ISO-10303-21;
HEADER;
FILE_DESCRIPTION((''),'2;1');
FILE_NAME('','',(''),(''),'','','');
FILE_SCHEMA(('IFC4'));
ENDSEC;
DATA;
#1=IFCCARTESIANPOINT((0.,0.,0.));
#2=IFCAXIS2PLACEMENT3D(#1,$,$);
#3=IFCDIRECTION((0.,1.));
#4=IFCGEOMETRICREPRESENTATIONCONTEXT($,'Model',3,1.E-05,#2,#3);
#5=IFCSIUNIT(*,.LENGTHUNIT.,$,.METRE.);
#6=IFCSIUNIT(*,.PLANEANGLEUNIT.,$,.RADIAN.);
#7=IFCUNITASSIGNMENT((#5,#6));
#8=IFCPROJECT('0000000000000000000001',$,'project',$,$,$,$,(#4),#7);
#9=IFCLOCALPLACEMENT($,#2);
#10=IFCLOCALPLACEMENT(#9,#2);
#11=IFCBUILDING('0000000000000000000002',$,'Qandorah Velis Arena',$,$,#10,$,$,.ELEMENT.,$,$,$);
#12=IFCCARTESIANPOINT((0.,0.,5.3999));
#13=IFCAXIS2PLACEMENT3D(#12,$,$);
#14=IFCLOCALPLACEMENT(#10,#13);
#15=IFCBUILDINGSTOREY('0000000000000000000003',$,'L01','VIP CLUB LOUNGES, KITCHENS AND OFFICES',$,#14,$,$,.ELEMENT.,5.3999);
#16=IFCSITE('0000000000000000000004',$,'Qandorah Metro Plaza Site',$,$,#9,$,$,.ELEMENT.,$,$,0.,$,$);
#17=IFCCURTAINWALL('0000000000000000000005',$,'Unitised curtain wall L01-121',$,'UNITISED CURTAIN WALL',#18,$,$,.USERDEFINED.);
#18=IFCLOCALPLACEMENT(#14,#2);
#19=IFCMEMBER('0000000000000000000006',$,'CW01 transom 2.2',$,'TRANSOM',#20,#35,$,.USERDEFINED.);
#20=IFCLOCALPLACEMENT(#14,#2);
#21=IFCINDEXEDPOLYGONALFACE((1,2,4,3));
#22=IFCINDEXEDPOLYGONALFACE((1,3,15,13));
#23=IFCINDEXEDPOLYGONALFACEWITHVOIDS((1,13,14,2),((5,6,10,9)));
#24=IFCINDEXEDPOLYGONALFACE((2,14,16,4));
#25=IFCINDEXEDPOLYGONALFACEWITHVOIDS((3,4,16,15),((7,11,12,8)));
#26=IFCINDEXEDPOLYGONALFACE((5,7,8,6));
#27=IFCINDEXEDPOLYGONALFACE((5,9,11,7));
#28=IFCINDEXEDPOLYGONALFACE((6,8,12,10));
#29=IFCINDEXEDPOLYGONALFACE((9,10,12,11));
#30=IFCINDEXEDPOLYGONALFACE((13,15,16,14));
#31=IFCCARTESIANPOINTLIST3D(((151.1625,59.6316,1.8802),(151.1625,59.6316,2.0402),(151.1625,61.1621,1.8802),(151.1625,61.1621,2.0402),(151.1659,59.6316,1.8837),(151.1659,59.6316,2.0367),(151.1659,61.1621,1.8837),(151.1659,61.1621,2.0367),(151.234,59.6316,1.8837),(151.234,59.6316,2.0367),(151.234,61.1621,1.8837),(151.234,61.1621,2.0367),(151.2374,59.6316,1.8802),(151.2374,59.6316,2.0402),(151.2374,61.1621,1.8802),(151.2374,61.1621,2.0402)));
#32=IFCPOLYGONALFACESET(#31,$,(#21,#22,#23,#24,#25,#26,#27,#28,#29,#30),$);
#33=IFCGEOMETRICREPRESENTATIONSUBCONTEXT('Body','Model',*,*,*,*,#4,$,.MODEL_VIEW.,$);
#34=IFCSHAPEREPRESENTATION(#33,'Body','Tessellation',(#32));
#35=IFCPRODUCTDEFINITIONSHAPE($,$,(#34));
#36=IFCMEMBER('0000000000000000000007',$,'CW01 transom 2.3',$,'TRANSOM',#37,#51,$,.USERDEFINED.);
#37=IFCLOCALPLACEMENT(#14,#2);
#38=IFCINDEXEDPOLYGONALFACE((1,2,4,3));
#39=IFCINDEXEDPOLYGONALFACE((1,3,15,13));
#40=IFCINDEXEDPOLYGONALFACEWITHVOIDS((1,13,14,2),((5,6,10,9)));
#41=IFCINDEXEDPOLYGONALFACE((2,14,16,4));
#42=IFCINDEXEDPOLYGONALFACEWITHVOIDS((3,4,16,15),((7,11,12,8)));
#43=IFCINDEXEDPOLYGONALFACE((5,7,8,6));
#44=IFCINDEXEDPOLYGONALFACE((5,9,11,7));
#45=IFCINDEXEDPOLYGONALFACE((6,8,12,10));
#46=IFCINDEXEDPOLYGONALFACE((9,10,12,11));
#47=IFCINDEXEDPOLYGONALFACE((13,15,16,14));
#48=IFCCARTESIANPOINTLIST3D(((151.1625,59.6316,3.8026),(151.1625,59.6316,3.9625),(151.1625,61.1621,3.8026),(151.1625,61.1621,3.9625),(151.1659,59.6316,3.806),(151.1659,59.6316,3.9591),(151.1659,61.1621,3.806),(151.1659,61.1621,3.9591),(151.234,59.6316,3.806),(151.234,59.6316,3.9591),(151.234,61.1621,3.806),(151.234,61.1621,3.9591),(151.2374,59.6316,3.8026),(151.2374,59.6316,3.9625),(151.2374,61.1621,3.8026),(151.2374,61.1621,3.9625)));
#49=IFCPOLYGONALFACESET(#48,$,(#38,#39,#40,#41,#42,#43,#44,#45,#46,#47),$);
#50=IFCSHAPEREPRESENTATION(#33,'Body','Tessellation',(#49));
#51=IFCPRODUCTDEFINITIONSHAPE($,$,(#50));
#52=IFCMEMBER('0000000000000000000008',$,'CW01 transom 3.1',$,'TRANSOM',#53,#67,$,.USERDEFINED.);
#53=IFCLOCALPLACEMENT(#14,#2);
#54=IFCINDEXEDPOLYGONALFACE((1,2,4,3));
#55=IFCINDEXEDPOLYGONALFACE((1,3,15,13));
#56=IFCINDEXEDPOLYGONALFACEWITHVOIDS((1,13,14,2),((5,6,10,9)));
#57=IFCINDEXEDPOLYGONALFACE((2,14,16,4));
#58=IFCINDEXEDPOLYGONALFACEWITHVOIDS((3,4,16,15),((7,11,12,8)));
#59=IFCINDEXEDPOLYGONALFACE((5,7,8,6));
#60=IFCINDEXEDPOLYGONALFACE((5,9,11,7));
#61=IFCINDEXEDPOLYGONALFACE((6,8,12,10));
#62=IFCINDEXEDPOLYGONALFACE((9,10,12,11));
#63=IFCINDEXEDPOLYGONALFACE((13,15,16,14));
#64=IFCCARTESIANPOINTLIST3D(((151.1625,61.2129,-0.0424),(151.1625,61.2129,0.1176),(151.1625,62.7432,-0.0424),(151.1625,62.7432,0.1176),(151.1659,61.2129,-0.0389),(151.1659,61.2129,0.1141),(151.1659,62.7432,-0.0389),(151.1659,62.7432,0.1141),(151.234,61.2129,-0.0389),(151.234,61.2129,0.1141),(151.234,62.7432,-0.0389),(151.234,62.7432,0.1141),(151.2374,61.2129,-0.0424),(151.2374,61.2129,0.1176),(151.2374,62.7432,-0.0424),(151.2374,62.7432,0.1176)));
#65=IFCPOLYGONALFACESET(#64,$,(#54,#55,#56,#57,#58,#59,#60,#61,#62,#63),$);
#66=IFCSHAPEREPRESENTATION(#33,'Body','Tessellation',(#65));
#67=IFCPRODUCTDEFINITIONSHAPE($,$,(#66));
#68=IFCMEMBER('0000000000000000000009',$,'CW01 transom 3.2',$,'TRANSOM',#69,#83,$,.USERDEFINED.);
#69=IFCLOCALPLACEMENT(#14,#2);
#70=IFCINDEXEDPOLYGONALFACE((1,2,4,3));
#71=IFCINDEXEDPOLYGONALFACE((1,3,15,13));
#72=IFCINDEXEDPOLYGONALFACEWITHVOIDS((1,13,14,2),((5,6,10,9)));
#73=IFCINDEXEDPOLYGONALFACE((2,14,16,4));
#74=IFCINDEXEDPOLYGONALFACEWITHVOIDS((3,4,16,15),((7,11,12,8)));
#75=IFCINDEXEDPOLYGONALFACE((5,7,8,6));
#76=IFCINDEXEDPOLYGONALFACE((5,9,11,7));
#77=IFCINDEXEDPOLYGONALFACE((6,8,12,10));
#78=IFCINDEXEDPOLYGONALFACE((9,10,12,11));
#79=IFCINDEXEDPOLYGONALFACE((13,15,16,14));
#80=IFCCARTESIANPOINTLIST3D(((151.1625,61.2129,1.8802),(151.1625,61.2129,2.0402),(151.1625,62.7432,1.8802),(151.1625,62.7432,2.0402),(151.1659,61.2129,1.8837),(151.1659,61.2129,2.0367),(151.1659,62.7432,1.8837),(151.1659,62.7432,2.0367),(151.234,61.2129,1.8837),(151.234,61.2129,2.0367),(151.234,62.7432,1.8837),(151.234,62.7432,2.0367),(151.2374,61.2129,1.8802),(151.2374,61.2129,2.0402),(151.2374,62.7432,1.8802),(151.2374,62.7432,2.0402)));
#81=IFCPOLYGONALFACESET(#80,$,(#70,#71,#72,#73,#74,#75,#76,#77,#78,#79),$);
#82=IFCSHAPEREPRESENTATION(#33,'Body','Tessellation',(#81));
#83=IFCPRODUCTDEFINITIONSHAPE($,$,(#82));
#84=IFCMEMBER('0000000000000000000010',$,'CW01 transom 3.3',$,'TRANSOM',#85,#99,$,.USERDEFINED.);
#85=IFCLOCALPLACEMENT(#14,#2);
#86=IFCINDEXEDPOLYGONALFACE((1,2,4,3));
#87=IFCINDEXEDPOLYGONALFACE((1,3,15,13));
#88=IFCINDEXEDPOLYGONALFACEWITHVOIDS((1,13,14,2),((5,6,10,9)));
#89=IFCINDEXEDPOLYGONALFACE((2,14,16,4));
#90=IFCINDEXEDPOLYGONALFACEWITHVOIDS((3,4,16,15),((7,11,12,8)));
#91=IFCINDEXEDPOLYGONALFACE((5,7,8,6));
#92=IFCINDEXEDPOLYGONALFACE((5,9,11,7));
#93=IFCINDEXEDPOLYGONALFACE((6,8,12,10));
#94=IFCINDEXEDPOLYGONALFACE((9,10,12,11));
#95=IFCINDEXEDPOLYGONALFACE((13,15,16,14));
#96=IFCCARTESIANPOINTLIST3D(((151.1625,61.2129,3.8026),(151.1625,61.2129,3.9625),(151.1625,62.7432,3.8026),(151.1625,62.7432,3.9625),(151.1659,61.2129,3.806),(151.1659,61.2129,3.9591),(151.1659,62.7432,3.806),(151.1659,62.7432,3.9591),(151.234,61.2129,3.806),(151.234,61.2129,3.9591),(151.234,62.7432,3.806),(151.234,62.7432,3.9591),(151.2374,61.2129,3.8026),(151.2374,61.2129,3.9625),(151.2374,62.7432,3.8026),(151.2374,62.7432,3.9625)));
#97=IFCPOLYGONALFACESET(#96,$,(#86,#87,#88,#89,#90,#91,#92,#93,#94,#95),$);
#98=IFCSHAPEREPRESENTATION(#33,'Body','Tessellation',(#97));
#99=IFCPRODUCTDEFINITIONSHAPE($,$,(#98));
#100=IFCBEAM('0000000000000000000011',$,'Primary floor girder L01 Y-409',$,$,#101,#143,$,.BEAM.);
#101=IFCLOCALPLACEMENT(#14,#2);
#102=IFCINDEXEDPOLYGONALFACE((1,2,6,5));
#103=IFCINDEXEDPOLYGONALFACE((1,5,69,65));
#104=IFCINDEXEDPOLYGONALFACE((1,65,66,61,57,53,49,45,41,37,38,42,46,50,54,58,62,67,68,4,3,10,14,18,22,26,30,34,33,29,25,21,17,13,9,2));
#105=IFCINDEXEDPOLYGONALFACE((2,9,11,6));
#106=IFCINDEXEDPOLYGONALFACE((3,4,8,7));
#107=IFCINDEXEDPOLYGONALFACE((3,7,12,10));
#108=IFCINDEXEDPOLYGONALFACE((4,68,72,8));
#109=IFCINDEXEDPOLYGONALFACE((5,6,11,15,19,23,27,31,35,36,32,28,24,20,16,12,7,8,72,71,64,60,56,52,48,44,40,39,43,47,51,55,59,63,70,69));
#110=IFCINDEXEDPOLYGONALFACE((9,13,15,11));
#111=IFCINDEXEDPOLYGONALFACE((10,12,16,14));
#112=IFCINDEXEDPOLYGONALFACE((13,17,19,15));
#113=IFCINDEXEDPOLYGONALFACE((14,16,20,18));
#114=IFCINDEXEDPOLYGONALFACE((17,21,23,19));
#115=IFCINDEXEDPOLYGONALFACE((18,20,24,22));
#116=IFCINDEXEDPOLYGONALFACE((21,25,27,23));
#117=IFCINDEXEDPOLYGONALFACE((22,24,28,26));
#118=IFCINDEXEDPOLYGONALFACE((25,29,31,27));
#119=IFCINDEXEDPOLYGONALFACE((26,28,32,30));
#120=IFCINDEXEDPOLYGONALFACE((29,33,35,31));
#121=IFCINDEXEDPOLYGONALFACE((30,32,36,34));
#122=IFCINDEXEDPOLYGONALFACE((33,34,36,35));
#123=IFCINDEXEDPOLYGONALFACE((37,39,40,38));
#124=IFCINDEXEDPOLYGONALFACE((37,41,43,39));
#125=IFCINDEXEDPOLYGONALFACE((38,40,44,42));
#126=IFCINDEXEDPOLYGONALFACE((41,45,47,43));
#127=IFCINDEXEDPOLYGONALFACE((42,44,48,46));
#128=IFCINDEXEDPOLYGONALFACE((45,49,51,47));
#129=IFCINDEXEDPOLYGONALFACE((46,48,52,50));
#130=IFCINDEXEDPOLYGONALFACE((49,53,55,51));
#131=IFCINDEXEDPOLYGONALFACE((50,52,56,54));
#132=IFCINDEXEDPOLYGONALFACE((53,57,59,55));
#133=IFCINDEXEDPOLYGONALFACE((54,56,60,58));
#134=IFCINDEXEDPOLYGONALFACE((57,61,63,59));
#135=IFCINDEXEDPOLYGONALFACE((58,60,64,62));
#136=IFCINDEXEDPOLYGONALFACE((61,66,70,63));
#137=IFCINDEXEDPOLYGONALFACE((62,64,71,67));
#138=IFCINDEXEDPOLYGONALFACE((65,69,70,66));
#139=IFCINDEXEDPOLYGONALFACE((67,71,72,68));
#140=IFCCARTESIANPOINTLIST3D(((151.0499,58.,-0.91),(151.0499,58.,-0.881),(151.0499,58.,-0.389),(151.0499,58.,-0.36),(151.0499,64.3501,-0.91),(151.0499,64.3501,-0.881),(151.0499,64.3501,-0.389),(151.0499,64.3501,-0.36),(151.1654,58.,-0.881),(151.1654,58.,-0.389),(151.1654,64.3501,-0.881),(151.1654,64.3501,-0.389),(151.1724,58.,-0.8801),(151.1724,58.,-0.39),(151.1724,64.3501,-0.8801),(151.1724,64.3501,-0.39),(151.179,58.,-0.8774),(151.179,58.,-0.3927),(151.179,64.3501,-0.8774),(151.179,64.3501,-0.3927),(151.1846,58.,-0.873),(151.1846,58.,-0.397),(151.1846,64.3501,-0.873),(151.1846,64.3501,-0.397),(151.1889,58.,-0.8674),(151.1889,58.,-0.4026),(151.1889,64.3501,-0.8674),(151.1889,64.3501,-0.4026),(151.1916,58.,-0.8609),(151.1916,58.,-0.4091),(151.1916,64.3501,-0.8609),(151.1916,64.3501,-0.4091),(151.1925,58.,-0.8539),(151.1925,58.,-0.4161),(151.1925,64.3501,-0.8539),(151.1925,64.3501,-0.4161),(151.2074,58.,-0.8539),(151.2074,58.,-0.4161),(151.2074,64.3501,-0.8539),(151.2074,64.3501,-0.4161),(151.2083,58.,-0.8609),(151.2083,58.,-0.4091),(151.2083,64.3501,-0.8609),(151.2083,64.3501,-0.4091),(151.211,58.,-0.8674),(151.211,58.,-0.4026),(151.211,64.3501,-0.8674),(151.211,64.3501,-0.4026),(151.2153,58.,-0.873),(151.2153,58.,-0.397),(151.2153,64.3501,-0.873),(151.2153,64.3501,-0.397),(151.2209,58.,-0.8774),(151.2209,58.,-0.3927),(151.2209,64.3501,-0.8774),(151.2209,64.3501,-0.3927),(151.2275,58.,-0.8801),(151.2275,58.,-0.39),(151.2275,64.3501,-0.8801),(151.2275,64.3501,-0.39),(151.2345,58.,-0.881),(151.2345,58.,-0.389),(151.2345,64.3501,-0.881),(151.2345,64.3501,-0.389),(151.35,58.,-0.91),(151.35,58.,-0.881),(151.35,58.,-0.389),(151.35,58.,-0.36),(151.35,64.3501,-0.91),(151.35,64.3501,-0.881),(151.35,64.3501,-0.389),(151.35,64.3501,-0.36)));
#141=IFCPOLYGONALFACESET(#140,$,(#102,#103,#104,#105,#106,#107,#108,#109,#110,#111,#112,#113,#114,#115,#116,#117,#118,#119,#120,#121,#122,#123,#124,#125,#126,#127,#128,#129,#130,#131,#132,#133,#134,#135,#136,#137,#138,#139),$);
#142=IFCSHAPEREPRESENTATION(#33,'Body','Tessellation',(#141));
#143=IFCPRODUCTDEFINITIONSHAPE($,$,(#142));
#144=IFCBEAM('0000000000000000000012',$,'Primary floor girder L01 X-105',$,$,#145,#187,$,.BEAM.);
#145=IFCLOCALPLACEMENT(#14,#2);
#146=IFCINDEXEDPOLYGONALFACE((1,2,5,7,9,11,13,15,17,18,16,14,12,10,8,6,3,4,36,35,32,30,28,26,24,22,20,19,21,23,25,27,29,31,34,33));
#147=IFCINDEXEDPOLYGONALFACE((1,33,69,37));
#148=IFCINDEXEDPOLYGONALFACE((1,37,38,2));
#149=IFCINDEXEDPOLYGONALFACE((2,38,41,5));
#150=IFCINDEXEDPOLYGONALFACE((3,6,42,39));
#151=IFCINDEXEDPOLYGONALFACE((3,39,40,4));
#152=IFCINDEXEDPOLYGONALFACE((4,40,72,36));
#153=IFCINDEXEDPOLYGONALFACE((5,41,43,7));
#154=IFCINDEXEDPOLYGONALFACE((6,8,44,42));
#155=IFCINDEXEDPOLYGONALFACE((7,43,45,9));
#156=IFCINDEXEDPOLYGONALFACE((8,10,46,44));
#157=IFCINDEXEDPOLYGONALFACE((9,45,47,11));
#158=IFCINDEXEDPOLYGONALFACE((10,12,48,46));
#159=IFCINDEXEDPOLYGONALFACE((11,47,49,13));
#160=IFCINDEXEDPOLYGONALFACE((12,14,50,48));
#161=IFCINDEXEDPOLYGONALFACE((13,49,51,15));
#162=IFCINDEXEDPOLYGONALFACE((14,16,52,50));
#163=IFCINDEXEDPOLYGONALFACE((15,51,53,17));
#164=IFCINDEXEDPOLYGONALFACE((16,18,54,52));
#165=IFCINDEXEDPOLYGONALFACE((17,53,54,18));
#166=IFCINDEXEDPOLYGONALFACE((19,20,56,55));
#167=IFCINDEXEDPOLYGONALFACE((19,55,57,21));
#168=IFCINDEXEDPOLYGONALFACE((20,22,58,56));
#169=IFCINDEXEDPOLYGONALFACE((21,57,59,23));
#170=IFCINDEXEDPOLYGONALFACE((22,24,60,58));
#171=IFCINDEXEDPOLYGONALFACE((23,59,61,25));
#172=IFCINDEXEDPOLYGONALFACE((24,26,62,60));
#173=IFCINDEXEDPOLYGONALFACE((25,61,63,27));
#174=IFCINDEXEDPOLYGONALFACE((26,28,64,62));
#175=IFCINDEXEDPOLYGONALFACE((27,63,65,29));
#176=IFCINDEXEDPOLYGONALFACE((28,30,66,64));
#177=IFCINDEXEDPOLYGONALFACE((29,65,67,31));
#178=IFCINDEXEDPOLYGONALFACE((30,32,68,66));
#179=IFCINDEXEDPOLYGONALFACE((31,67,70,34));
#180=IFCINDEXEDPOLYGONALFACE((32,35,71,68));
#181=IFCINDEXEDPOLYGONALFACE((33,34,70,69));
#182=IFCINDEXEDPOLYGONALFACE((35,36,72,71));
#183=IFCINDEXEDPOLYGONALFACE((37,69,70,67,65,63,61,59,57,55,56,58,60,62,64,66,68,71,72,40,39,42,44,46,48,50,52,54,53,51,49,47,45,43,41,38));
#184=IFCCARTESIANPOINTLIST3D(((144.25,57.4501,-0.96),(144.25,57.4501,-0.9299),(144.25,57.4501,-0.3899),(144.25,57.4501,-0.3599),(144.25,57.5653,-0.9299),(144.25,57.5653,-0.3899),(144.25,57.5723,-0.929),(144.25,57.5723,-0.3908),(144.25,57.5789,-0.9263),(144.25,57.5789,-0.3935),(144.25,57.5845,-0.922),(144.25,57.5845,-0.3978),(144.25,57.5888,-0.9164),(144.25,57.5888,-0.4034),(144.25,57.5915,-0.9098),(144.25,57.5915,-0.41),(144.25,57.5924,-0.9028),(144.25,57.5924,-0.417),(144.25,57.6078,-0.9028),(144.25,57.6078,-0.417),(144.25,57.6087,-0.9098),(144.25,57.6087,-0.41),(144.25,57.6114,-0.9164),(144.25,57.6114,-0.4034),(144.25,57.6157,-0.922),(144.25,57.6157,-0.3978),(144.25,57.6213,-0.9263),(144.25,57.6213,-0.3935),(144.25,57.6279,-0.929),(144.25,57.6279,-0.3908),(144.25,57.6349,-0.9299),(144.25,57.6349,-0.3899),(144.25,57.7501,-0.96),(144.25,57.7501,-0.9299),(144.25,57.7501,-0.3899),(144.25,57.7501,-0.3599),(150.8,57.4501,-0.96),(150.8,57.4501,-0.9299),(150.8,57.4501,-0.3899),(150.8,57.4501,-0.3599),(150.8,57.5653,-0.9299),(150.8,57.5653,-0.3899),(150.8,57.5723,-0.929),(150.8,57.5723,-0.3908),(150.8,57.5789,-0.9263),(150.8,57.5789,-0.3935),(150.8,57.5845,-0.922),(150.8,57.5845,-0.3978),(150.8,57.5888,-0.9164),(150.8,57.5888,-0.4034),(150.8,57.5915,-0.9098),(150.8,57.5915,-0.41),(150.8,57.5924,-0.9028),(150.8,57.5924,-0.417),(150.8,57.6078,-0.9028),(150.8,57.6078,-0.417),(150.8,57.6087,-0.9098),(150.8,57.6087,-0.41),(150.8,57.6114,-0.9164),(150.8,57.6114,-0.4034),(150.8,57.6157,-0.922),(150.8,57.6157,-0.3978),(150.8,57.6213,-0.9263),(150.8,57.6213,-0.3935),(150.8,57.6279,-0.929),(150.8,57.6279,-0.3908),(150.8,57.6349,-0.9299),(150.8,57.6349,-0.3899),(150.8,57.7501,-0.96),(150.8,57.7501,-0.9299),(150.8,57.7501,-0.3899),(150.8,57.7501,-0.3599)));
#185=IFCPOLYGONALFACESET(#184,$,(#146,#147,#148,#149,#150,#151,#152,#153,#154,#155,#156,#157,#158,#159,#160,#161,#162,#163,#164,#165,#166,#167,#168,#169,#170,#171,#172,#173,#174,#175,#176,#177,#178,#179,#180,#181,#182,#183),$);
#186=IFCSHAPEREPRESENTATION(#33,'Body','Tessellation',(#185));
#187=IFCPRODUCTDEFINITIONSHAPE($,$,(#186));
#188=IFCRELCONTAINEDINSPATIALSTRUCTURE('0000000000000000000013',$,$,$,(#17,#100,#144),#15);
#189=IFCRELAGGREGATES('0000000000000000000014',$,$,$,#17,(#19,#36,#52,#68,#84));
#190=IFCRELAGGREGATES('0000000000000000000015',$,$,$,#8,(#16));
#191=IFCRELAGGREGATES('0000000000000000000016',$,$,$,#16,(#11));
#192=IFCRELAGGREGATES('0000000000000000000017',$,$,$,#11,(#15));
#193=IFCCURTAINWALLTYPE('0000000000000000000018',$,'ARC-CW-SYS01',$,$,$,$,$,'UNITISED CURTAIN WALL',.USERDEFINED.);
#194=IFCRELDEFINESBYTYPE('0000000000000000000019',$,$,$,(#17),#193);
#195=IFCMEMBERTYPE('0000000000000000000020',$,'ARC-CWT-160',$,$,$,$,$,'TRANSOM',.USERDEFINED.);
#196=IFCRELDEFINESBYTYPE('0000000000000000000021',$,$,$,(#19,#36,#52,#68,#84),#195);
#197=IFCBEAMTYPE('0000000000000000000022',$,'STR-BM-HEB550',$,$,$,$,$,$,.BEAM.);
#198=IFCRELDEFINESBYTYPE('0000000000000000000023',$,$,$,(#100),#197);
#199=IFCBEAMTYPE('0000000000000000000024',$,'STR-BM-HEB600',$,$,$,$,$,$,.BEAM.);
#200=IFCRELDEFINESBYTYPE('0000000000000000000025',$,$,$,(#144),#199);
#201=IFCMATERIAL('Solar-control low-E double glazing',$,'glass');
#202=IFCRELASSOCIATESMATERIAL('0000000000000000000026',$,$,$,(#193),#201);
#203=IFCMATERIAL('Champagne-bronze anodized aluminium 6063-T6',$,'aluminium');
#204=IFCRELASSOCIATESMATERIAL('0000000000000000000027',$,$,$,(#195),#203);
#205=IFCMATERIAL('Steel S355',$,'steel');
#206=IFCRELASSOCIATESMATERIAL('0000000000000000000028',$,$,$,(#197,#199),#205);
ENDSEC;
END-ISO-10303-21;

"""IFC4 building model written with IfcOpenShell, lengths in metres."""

from ifc_helpers import new_model, si_unit, direction, frame, origin, origin_2d, place, context, subcontext, project, spatial, hollow_rectangle, i_section, extrude, material, material_profile, profile_set, type_object, element, aggregate, save


model = new_model("IFC4")

# Units and contexts
model_context = context("Model", 3, precision=1e-05, world=origin(), true_north=direction((0.0, 1.0)))
body_context = subcontext(model_context, "Body", "Model", "MODEL_VIEW")
ifc_project = project(units=[si_unit("LENGTHUNIT", "METRE"), si_unit("PLANEANGLEUNIT", "RADIAN")], contexts=[model_context])

# Site, building, storey
site_placement = place(None, origin())
site = spatial("IfcSite", under=ifc_project, at=site_placement, Name="Qandorah Metro Plaza Site", CompositionType="ELEMENT", RefElevation=0.0)
building_placement = place(site_placement, origin())
building = spatial("IfcBuilding", under=site, at=building_placement, Name="Qandorah Velis Arena", CompositionType="ELEMENT")
storey_placement = place(building_placement, frame((0.0, 0.0, 5.3999)))
storey = spatial("IfcBuildingStorey", under=building, at=storey_placement, Name="L01", Description="VIP CLUB LOUNGES, KITCHENS AND OFFICES", CompositionType="ELEMENT", Elevation=5.3999)

# Curtain wall, members
ifc_material_1 = material(Name="Solar-control low-E double glazing", Category="glass")
curtain_wall_type = type_object("IfcCurtainWallType", Name="ARC-CW-SYS01", ElementType="UNITISED CURTAIN WALL", PredefinedType="USERDEFINED", material=ifc_material_1)
curtain_wall_placement = place(storey_placement, origin())
curtain_wall = element("IfcCurtainWall", 1, at=curtain_wall_placement, inside=storey, type_object=curtain_wall_type, Name="Unitised curtain wall L01-121", ObjectType="UNITISED CURTAIN WALL", PredefinedType="USERDEFINED")
ifc_material_2 = material(Name="Champagne-bronze anodized aluminium 6063-T6", Category="aluminium")
ifc_material_profile_1 = material_profile(ifc_material_2, hollow_rectangle(XDim=0.075, YDim=0.1599, WallThickness=0.0034, at=origin_2d()), Name="ALU TRANSOM 75x160")
ifc_profile_set_1 = profile_set([ifc_material_profile_1], Name="Champagne-bronze anodized aluminium 6063-T6")
member_type_1 = type_object("IfcMemberType", Name="ARC-CWT-160", ElementType="TRANSOM", PredefinedType="USERDEFINED", material=ifc_profile_set_1)
member_1_placement = place(storey_placement, frame((151.2, 59.6316, 1.9602), z_axis=(0.0, 1.0, 0.0), x_axis=(-1.0, 0.0, 0.0)))
member_1 = element("IfcMember", 2, at=member_1_placement, type_object=member_type_1, Name="CW01 transom 2.2", ObjectType="TRANSOM", PredefinedType="USERDEFINED", context=body_context, shape_type="SweptSolid", body=[
    extrude(hollow_rectangle(XDim=0.075, YDim=0.1599, WallThickness=0.0034, at=origin_2d()), origin(), (0.0, 0.0, 1.0), 1.5305),
])
member_2_placement = place(storey_placement, frame((151.2, 59.6316, 3.8826), z_axis=(0.0, 1.0, 0.0), x_axis=(-1.0, 0.0, 0.0)))
member_2 = element("IfcMember", 3, at=member_2_placement, type_object=member_type_1, Name="CW01 transom 2.3", ObjectType="TRANSOM", PredefinedType="USERDEFINED", context=body_context, shape_type="SweptSolid", body=[
    extrude(hollow_rectangle(XDim=0.075, YDim=0.1599, WallThickness=0.0034, at=origin_2d()), origin(), (0.0, 0.0, 1.0), 1.5305),
])
member_3_placement = place(storey_placement, frame((151.2, 61.2129, 0.0376), z_axis=(0.0, 1.0, 0.0), x_axis=(-1.0, 0.0, 0.0)))
member_3 = element("IfcMember", 4, at=member_3_placement, type_object=member_type_1, Name="CW01 transom 3.1", ObjectType="TRANSOM", PredefinedType="USERDEFINED", context=body_context, shape_type="SweptSolid", body=[
    extrude(hollow_rectangle(XDim=0.075, YDim=0.1599, WallThickness=0.0034, at=origin_2d()), origin(), (0.0, 0.0, 1.0), 1.5303),
])
member_4_placement = place(storey_placement, frame((151.2, 61.2129, 1.9602), z_axis=(0.0, 1.0, 0.0), x_axis=(-1.0, 0.0, 0.0)))
member_4 = element("IfcMember", 5, at=member_4_placement, type_object=member_type_1, Name="CW01 transom 3.2", ObjectType="TRANSOM", PredefinedType="USERDEFINED", context=body_context, shape_type="SweptSolid", body=[
    extrude(hollow_rectangle(XDim=0.075, YDim=0.1599, WallThickness=0.0034, at=origin_2d()), origin(), (0.0, 0.0, 1.0), 1.5303),
])
member_5_placement = place(storey_placement, frame((151.2, 61.2129, 3.8826), z_axis=(0.0, 1.0, 0.0), x_axis=(-1.0, 0.0, 0.0)))
member_5 = element("IfcMember", 6, at=member_5_placement, type_object=member_type_1, Name="CW01 transom 3.3", ObjectType="TRANSOM", PredefinedType="USERDEFINED", context=body_context, shape_type="SweptSolid", body=[
    extrude(hollow_rectangle(XDim=0.075, YDim=0.1599, WallThickness=0.0034, at=origin_2d()), origin(), (0.0, 0.0, 1.0), 1.5303),
])

# Beams
ifc_material_3 = material(Name="Steel S355", Category="steel")
ifc_material_profile_2 = material_profile(ifc_material_3, i_section(OverallWidth=0.3, OverallDepth=0.55, WebThickness=0.0149, FlangeThickness=0.0291, FilletRadius=0.0271, at=origin_2d()), Name="HEB 550")
ifc_profile_set_2 = profile_set([ifc_material_profile_2], Name="Steel S355")
beam_type_1 = type_object("IfcBeamType", Name="STR-BM-HEB550", PredefinedType="BEAM", material=ifc_profile_set_2)
beam_1_placement = place(storey_placement, frame((151.2, 58.0, -0.635), z_axis=(0.0, 1.0, 0.0), x_axis=(-1.0, 0.0, 0.0)))
element("IfcBeam", 7, at=beam_1_placement, inside=storey, type_object=beam_type_1, Name="Primary floor girder L01 Y-409", PredefinedType="BEAM", context=body_context, shape_type="SweptSolid", body=[
    extrude(i_section(OverallWidth=0.3, OverallDepth=0.55, WebThickness=0.0149, FlangeThickness=0.0291, FilletRadius=0.0271, at=origin_2d()), origin(), (0.0, 0.0, 1.0), 6.3501),
])
ifc_material_profile_3 = material_profile(ifc_material_3, i_section(OverallWidth=0.3, OverallDepth=0.6001, WebThickness=0.0154, FlangeThickness=0.03, FilletRadius=0.0271, at=origin_2d()), Name="HEB 600")
ifc_profile_set_3 = profile_set([ifc_material_profile_3], Name="Steel S355")
beam_type_2 = type_object("IfcBeamType", Name="STR-BM-HEB600", PredefinedType="BEAM", material=ifc_profile_set_3)
beam_2_placement = place(storey_placement, frame((144.25, 57.6001, -0.6599), z_axis=(1.0, 0.0, 0.0), x_axis=(0.0, 1.0, 0.0)))
element("IfcBeam", 8, at=beam_2_placement, inside=storey, type_object=beam_type_2, Name="Primary floor girder L01 X-105", PredefinedType="BEAM", context=body_context, shape_type="SweptSolid", body=[
    extrude(i_section(OverallWidth=0.3, OverallDepth=0.6001, WebThickness=0.0154, FlangeThickness=0.03, FilletRadius=0.0271, at=origin_2d()), origin(), (0.0, 0.0, 1.0), 6.55),
])

aggregate(curtain_wall, [member_1, member_2, member_3, member_4, member_5])

save(model, "model.ifc")
